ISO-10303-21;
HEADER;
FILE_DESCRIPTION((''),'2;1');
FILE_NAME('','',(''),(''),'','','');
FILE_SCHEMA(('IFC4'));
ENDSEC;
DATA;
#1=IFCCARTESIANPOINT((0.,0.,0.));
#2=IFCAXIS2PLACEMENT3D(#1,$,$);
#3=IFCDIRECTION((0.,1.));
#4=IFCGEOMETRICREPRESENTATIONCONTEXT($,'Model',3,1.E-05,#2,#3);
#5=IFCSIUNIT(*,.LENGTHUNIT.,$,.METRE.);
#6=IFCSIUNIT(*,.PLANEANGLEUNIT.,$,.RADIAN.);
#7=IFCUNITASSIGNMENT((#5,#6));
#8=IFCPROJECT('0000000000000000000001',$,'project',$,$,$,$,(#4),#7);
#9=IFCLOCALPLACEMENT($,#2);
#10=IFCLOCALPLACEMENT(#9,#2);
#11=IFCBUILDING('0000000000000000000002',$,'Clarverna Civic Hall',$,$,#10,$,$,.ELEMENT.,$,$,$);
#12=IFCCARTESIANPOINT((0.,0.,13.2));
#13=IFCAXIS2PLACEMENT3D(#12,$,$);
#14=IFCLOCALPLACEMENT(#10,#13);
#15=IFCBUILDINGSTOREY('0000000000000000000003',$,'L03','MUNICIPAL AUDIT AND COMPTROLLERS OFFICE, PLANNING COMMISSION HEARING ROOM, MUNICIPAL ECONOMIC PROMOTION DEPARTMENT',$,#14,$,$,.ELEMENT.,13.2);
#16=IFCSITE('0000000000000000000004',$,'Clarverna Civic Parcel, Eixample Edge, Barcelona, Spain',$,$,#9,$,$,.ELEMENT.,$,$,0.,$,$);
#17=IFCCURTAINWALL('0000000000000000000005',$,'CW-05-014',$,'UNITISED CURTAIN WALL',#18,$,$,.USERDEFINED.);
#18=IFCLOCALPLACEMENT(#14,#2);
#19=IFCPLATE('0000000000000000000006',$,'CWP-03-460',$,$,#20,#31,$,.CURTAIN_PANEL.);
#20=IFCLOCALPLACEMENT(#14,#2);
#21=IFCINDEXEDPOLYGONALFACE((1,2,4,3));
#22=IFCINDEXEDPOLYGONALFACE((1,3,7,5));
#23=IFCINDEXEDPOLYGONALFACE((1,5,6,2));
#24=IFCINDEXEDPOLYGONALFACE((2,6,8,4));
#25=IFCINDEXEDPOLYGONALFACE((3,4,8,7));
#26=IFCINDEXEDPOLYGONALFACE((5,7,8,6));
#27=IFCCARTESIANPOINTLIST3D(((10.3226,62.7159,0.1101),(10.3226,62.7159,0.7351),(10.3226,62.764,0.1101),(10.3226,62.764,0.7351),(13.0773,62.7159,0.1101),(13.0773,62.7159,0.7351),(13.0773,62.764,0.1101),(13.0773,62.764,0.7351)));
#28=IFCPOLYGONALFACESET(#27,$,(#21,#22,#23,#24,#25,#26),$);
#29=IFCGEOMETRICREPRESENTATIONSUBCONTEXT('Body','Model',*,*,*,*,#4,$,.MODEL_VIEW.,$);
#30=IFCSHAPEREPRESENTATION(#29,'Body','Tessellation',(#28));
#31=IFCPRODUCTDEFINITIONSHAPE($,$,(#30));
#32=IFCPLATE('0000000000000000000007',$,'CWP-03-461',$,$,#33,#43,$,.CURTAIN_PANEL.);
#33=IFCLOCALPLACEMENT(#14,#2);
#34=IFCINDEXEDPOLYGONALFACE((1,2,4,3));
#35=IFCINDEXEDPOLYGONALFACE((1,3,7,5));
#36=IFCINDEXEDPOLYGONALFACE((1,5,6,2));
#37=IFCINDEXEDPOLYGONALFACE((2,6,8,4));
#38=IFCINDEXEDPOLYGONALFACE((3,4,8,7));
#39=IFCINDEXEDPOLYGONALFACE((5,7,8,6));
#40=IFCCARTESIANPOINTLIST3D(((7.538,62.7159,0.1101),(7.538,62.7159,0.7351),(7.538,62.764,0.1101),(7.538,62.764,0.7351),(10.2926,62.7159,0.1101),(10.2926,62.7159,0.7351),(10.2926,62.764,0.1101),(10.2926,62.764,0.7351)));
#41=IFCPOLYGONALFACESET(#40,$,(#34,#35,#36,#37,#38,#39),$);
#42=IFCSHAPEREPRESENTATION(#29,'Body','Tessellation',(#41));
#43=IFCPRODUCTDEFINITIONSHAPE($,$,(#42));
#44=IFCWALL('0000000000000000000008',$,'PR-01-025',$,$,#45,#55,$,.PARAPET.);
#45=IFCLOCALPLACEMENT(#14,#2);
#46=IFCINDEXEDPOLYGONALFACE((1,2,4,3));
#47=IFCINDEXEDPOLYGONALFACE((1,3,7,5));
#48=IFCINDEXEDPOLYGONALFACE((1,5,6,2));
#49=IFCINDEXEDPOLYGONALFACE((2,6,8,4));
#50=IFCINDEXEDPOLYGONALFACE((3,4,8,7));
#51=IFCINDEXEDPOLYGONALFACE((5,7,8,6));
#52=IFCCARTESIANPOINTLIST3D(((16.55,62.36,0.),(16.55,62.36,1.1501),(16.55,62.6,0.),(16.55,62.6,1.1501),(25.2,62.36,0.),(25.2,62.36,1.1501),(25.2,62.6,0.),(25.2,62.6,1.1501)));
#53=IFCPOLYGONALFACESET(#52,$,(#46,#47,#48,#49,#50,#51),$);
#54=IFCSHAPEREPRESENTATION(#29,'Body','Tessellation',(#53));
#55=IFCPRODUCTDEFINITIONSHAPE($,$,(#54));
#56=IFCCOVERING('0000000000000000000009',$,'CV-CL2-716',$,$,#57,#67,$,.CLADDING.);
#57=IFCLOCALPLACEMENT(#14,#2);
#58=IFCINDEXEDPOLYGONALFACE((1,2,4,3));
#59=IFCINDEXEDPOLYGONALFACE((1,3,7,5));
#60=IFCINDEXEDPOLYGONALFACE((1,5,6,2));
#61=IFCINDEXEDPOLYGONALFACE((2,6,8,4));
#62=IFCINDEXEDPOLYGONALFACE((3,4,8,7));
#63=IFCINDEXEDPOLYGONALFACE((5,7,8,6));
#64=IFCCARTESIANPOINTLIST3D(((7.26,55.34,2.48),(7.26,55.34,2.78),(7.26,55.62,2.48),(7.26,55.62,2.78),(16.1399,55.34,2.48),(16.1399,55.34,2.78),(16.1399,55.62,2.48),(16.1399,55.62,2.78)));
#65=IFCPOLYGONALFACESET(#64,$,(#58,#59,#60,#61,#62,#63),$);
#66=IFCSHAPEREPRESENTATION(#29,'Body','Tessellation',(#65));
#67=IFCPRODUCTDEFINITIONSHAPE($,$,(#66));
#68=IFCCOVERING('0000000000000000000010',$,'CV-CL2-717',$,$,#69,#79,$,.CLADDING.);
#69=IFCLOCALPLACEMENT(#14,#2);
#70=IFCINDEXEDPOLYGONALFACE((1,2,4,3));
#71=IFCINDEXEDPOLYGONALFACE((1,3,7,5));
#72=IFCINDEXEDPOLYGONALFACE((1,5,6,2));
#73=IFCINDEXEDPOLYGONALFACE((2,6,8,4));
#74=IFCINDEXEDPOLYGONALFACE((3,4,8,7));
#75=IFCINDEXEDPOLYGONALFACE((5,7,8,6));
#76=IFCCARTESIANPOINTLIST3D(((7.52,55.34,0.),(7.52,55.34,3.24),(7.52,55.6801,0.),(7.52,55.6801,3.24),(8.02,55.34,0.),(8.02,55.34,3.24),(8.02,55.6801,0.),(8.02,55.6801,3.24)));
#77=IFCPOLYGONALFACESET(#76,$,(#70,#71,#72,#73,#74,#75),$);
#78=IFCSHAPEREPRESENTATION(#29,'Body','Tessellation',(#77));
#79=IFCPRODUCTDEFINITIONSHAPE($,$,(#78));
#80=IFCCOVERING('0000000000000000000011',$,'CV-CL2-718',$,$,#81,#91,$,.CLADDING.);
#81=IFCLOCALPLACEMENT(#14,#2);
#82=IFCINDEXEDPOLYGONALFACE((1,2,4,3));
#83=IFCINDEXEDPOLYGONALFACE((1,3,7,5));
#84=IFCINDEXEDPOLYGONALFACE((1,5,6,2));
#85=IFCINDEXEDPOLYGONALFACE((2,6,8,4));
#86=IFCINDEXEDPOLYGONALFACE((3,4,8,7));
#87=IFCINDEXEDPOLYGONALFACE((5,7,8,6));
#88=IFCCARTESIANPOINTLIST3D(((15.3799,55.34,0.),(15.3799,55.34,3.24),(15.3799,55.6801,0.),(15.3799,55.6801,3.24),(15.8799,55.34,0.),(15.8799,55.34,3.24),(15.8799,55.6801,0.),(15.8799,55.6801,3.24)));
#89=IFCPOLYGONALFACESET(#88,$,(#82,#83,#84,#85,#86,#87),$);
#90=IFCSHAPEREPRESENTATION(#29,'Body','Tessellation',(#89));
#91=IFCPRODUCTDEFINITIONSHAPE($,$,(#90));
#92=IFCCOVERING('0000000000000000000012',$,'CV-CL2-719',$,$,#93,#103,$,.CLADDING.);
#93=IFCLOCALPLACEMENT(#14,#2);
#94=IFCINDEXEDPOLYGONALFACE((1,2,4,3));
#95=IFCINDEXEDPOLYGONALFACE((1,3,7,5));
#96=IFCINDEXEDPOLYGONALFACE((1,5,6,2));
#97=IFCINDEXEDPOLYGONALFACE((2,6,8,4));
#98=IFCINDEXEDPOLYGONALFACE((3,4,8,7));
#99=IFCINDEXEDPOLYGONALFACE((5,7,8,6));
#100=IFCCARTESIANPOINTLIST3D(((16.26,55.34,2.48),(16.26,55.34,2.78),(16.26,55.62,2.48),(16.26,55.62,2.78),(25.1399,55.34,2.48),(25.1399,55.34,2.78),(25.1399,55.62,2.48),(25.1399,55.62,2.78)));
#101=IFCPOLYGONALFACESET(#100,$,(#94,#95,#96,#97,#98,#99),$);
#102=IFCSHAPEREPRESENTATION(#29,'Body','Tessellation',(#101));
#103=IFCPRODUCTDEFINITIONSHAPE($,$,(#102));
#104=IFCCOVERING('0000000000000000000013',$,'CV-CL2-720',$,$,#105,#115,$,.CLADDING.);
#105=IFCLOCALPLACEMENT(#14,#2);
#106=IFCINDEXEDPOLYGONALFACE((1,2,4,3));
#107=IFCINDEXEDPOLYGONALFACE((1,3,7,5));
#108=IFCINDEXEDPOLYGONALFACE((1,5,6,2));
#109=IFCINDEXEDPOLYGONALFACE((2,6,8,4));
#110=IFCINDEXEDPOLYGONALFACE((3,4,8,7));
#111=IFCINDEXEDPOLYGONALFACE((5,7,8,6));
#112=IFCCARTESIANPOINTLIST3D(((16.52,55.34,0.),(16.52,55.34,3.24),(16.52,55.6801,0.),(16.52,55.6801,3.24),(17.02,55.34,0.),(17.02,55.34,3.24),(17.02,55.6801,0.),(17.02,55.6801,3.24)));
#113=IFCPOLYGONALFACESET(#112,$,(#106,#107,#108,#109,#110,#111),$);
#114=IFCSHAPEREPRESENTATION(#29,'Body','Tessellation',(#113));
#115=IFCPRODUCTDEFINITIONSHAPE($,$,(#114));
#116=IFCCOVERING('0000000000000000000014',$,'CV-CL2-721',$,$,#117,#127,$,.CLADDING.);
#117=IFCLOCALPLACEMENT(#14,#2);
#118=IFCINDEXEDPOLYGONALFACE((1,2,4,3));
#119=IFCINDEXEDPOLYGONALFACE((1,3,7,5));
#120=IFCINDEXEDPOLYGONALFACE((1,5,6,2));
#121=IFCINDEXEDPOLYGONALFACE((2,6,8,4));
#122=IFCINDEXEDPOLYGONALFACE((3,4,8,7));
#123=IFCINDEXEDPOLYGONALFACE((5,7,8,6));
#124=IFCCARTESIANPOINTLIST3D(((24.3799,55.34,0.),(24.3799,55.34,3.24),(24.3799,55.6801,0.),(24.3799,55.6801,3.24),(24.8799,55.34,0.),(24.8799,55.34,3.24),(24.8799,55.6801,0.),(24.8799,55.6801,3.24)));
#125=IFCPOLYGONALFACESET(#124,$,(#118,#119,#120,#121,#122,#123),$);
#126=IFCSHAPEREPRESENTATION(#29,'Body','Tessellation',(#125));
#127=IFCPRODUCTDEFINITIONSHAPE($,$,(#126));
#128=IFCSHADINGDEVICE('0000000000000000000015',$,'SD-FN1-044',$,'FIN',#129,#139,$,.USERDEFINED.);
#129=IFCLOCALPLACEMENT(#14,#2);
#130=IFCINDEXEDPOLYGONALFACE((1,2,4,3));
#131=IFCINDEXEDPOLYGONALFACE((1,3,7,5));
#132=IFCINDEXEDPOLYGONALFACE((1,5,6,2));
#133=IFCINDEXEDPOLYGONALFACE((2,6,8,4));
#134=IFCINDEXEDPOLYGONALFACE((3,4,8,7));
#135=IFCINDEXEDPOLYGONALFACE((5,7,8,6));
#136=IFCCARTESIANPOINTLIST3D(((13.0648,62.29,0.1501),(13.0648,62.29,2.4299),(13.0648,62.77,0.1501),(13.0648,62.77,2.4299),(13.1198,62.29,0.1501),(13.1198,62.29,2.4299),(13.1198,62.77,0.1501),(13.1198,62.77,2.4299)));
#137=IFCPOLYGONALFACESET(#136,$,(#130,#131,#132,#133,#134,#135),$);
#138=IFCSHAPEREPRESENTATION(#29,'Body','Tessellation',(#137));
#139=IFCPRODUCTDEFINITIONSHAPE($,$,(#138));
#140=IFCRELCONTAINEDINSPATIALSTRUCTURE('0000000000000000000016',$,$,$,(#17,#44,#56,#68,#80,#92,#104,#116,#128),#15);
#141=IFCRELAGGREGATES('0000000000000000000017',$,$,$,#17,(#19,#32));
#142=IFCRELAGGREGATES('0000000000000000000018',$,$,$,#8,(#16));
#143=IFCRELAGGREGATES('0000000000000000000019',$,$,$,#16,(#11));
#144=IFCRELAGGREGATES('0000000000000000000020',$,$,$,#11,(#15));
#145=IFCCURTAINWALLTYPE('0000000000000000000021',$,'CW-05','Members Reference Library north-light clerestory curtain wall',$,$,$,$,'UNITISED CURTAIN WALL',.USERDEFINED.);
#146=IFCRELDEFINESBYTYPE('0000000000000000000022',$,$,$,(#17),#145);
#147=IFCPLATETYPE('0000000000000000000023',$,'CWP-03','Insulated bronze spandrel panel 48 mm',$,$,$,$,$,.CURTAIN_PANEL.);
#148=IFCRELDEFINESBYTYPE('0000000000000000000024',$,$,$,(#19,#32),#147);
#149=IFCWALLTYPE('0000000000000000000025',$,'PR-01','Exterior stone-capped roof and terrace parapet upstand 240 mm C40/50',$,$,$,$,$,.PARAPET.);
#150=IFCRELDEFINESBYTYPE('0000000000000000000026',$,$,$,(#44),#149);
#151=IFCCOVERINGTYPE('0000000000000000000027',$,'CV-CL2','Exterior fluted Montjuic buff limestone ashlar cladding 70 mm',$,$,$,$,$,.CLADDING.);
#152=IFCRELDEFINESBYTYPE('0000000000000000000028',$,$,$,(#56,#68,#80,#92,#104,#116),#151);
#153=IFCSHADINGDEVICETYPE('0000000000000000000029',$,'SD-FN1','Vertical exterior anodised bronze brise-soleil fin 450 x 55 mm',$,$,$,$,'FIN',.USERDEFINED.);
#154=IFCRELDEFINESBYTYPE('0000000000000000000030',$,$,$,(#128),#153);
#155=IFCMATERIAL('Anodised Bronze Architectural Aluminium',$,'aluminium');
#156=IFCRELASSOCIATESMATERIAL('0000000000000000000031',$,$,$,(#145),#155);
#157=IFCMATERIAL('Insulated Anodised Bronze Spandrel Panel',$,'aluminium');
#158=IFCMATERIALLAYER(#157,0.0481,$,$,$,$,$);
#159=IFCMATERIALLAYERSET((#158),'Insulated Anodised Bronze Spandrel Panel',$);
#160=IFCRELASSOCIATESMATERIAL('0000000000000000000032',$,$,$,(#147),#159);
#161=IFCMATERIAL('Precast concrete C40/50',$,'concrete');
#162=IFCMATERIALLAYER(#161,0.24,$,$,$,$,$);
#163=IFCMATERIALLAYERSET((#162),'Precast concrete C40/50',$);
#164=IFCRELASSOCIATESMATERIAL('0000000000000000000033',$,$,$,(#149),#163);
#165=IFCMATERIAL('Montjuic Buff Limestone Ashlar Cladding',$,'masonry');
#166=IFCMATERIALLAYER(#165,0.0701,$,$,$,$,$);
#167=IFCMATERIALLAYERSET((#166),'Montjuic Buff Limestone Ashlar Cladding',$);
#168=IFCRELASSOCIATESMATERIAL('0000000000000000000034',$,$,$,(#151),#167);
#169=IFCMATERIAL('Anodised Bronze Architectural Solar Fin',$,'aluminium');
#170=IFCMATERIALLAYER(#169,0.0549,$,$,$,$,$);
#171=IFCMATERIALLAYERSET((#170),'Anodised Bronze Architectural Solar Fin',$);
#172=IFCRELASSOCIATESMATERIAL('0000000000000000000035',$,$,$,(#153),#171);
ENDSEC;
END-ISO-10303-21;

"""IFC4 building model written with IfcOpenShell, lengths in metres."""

from ifc_helpers import new_model, si_unit, direction, frame, frame_2d, origin, place, context, subcontext, project, spatial, rectangle, extrude, material, layer, layer_set, type_object, element, aggregate, save


model = new_model("IFC4")

# Units and contexts
model_context = context("Model", 3, precision=1e-05, world=origin(), true_north=direction((0.0, 1.0)))
body_context = subcontext(model_context, "Body", "Model", "MODEL_VIEW")
ifc_project = project(units=[si_unit("LENGTHUNIT", "METRE"), si_unit("PLANEANGLEUNIT", "RADIAN")], contexts=[model_context])

# Site, building, storey
site_placement = place(None, origin())
site = spatial("IfcSite", under=ifc_project, at=site_placement, Name="Clarverna Civic Parcel, Eixample Edge, Barcelona, Spain", CompositionType="ELEMENT", RefElevation=0.0)
building_placement = place(site_placement, origin())
building = spatial("IfcBuilding", under=site, at=building_placement, Name="Clarverna Civic Hall", CompositionType="ELEMENT")
storey_placement = place(building_placement, frame((0.0, 0.0, 13.2)))
storey = spatial("IfcBuildingStorey", under=building, at=storey_placement, Name="L03", Description="MUNICIPAL AUDIT AND COMPTROLLERS OFFICE, PLANNING COMMISSION HEARING ROOM, MUNICIPAL ECONOMIC PROMOTION DEPARTMENT", CompositionType="ELEMENT", Elevation=13.2)

# Curtain wall
ifc_material_1 = material(Name="Anodised Bronze Architectural Aluminium", Category="aluminium")
curtain_wall_type = type_object("IfcCurtainWallType", Name="CW-05", Description="Members Reference Library north-light clerestory curtain wall", ElementType="UNITISED CURTAIN WALL", PredefinedType="USERDEFINED", material=ifc_material_1)
curtain_wall_placement = place(storey_placement, origin())
curtain_wall = element("IfcCurtainWall", 1, at=curtain_wall_placement, inside=storey, type_object=curtain_wall_type, Name="CW-05-014", ObjectType="UNITISED CURTAIN WALL", PredefinedType="USERDEFINED")

# Plates
ifc_material_2 = material(Name="Insulated Anodised Bronze Spandrel Panel", Category="aluminium")
ifc_layer_1 = layer(ifc_material_2, 0.0481)
ifc_layer_set_1 = layer_set([ifc_layer_1], Name="Insulated Anodised Bronze Spandrel Panel")
plate_type_1 = type_object("IfcPlateType", Name="CWP-03", Description="Insulated bronze spandrel panel 48 mm", PredefinedType="CURTAIN_PANEL", material=ifc_layer_set_1)
plate_1_placement = place(storey_placement, frame((13.0774, 62.74, 0.1101), z_axis=(0.0, 0.0, 1.0), x_axis=(-1.0, 0.0, 0.0)))
plate_1 = element("IfcPlate", 2, at=plate_1_placement, type_object=plate_type_1, Name="CWP-03-460", PredefinedType="CURTAIN_PANEL", context=body_context, shape_type="SweptSolid", body=[
    extrude(rectangle(XDim=2.7546, YDim=0.0481, at=frame_2d((1.3774, 0.0))), origin(), (0.0, 0.0, 1.0), 0.625),
])
plate_2_placement = place(storey_placement, frame((10.2927, 62.74, 0.1101), z_axis=(0.0, 0.0, 1.0), x_axis=(-1.0, 0.0, 0.0)))
plate_2 = element("IfcPlate", 3, at=plate_2_placement, type_object=plate_type_1, Name="CWP-03-461", PredefinedType="CURTAIN_PANEL", context=body_context, shape_type="SweptSolid", body=[
    extrude(rectangle(XDim=2.7546, YDim=0.0481, at=frame_2d((1.3774, 0.0))), origin(), (0.0, 0.0, 1.0), 0.625),
])
aggregate(curtain_wall, [plate_1, plate_2])

# Wall
ifc_material_3 = material(Name="Precast concrete C40/50", Category="concrete")
ifc_layer_2 = layer(ifc_material_3, 0.24)
ifc_layer_set_2 = layer_set([ifc_layer_2], Name="Precast concrete C40/50")
wall_type = type_object("IfcWallType", Name="PR-01", Description="Exterior stone-capped roof and terrace parapet upstand 240 mm C40/50", PredefinedType="PARAPET", material=ifc_layer_set_2)
wall_placement = place(storey_placement, frame((16.55, 62.48, 0.0), z_axis=(0.0, 0.0, 1.0), x_axis=(1.0, 0.0, 0.0)))
element("IfcWall", 4, at=wall_placement, inside=storey, type_object=wall_type, Name="PR-01-025", PredefinedType="PARAPET", context=body_context, shape_type="SweptSolid", body=[
    extrude(rectangle(XDim=8.6499, YDim=0.24, at=frame_2d((4.325, 0.0))), origin(), (0.0, 0.0, 1.0), 1.1501),
])

# Coverings
ifc_material_4 = material(Name="Montjuic Buff Limestone Ashlar Cladding", Category="masonry")
ifc_layer_3 = layer(ifc_material_4, 0.0701)
ifc_layer_set_3 = layer_set([ifc_layer_3], Name="Montjuic Buff Limestone Ashlar Cladding")
covering_type = type_object("IfcCoveringType", Name="CV-CL2", Description="Exterior fluted Montjuic buff limestone ashlar cladding 70 mm", PredefinedType="CLADDING", material=ifc_layer_set_3)
covering_1_placement = place(storey_placement, frame((7.26, 55.48, 2.48), z_axis=(0.0, 0.0, 1.0), x_axis=(1.0, 0.0, 0.0)))
element("IfcCovering", 5, at=covering_1_placement, inside=storey, type_object=covering_type, Name="CV-CL2-716", PredefinedType="CLADDING", context=body_context, shape_type="SweptSolid", body=[
    extrude(rectangle(XDim=8.8799, YDim=0.28, at=frame_2d((4.4399, 0.0))), origin(), (0.0, 0.0, 1.0), 0.3),
])
for number, where, z_axis, x_axis, name in (
    (6, (7.52, 55.51, 0.0), (0.0, 0.0, 1.0), (1.0, 0.0, 0.0), "CV-CL2-717"),
    (7, (15.3799, 55.51, 0.0), (0.0, 0.0, 1.0), (1.0, 0.0, 0.0), "CV-CL2-718"),
):
    element("IfcCovering", number, at=place(storey_placement, frame(where, z_axis=z_axis, x_axis=x_axis)), inside=storey, type_object=covering_type, Name=name, PredefinedType="CLADDING", context=body_context, shape_type="SweptSolid", body=[
        extrude(rectangle(XDim=0.5, YDim=0.3401, at=frame_2d((0.25, 0.0))), origin(), (0.0, 0.0, 1.0), 3.24),
    ])
covering_2_placement = place(storey_placement, frame((16.26, 55.48, 2.48), z_axis=(0.0, 0.0, 1.0), x_axis=(1.0, 0.0, 0.0)))
element("IfcCovering", 8, at=covering_2_placement, inside=storey, type_object=covering_type, Name="CV-CL2-719", PredefinedType="CLADDING", context=body_context, shape_type="SweptSolid", body=[
    extrude(rectangle(XDim=8.8799, YDim=0.28, at=frame_2d((4.4399, 0.0))), origin(), (0.0, 0.0, 1.0), 0.3),
])
for number, where, z_axis, x_axis, name in (
    (9, (16.52, 55.51, 0.0), (0.0, 0.0, 1.0), (1.0, 0.0, 0.0), "CV-CL2-720"),
    (10, (24.3799, 55.51, 0.0), (0.0, 0.0, 1.0), (1.0, 0.0, 0.0), "CV-CL2-721"),
):
    element("IfcCovering", number, at=place(storey_placement, frame(where, z_axis=z_axis, x_axis=x_axis)), inside=storey, type_object=covering_type, Name=name, PredefinedType="CLADDING", context=body_context, shape_type="SweptSolid", body=[
        extrude(rectangle(XDim=0.5, YDim=0.3401, at=frame_2d((0.25, 0.0))), origin(), (0.0, 0.0, 1.0), 3.24),
    ])

# Shading device
ifc_material_5 = material(Name="Anodised Bronze Architectural Solar Fin", Category="aluminium")
ifc_layer_4 = layer(ifc_material_5, 0.0549)
ifc_layer_set_4 = layer_set([ifc_layer_4], Name="Anodised Bronze Architectural Solar Fin")
shading_device_type = type_object("IfcShadingDeviceType", Name="SD-FN1", Description="Vertical exterior anodised bronze brise-soleil fin 450 x 55 mm", ElementType="FIN", PredefinedType="USERDEFINED", material=ifc_layer_set_4)
shading_device_placement = place(storey_placement, frame((13.0923, 62.77, 0.1501), z_axis=(0.0, 0.0, 1.0), x_axis=(0.0, -1.0, 0.0)))
element("IfcShadingDevice", 11, at=shading_device_placement, inside=storey, type_object=shading_device_type, Name="SD-FN1-044", ObjectType="FIN", PredefinedType="USERDEFINED", context=body_context, shape_type="SweptSolid", body=[
    extrude(rectangle(XDim=0.48, YDim=0.0549, at=frame_2d((0.24, 0.0))), origin(), (0.0, 0.0, 1.0), 2.2798),
])

save(model, "model.ifc")
